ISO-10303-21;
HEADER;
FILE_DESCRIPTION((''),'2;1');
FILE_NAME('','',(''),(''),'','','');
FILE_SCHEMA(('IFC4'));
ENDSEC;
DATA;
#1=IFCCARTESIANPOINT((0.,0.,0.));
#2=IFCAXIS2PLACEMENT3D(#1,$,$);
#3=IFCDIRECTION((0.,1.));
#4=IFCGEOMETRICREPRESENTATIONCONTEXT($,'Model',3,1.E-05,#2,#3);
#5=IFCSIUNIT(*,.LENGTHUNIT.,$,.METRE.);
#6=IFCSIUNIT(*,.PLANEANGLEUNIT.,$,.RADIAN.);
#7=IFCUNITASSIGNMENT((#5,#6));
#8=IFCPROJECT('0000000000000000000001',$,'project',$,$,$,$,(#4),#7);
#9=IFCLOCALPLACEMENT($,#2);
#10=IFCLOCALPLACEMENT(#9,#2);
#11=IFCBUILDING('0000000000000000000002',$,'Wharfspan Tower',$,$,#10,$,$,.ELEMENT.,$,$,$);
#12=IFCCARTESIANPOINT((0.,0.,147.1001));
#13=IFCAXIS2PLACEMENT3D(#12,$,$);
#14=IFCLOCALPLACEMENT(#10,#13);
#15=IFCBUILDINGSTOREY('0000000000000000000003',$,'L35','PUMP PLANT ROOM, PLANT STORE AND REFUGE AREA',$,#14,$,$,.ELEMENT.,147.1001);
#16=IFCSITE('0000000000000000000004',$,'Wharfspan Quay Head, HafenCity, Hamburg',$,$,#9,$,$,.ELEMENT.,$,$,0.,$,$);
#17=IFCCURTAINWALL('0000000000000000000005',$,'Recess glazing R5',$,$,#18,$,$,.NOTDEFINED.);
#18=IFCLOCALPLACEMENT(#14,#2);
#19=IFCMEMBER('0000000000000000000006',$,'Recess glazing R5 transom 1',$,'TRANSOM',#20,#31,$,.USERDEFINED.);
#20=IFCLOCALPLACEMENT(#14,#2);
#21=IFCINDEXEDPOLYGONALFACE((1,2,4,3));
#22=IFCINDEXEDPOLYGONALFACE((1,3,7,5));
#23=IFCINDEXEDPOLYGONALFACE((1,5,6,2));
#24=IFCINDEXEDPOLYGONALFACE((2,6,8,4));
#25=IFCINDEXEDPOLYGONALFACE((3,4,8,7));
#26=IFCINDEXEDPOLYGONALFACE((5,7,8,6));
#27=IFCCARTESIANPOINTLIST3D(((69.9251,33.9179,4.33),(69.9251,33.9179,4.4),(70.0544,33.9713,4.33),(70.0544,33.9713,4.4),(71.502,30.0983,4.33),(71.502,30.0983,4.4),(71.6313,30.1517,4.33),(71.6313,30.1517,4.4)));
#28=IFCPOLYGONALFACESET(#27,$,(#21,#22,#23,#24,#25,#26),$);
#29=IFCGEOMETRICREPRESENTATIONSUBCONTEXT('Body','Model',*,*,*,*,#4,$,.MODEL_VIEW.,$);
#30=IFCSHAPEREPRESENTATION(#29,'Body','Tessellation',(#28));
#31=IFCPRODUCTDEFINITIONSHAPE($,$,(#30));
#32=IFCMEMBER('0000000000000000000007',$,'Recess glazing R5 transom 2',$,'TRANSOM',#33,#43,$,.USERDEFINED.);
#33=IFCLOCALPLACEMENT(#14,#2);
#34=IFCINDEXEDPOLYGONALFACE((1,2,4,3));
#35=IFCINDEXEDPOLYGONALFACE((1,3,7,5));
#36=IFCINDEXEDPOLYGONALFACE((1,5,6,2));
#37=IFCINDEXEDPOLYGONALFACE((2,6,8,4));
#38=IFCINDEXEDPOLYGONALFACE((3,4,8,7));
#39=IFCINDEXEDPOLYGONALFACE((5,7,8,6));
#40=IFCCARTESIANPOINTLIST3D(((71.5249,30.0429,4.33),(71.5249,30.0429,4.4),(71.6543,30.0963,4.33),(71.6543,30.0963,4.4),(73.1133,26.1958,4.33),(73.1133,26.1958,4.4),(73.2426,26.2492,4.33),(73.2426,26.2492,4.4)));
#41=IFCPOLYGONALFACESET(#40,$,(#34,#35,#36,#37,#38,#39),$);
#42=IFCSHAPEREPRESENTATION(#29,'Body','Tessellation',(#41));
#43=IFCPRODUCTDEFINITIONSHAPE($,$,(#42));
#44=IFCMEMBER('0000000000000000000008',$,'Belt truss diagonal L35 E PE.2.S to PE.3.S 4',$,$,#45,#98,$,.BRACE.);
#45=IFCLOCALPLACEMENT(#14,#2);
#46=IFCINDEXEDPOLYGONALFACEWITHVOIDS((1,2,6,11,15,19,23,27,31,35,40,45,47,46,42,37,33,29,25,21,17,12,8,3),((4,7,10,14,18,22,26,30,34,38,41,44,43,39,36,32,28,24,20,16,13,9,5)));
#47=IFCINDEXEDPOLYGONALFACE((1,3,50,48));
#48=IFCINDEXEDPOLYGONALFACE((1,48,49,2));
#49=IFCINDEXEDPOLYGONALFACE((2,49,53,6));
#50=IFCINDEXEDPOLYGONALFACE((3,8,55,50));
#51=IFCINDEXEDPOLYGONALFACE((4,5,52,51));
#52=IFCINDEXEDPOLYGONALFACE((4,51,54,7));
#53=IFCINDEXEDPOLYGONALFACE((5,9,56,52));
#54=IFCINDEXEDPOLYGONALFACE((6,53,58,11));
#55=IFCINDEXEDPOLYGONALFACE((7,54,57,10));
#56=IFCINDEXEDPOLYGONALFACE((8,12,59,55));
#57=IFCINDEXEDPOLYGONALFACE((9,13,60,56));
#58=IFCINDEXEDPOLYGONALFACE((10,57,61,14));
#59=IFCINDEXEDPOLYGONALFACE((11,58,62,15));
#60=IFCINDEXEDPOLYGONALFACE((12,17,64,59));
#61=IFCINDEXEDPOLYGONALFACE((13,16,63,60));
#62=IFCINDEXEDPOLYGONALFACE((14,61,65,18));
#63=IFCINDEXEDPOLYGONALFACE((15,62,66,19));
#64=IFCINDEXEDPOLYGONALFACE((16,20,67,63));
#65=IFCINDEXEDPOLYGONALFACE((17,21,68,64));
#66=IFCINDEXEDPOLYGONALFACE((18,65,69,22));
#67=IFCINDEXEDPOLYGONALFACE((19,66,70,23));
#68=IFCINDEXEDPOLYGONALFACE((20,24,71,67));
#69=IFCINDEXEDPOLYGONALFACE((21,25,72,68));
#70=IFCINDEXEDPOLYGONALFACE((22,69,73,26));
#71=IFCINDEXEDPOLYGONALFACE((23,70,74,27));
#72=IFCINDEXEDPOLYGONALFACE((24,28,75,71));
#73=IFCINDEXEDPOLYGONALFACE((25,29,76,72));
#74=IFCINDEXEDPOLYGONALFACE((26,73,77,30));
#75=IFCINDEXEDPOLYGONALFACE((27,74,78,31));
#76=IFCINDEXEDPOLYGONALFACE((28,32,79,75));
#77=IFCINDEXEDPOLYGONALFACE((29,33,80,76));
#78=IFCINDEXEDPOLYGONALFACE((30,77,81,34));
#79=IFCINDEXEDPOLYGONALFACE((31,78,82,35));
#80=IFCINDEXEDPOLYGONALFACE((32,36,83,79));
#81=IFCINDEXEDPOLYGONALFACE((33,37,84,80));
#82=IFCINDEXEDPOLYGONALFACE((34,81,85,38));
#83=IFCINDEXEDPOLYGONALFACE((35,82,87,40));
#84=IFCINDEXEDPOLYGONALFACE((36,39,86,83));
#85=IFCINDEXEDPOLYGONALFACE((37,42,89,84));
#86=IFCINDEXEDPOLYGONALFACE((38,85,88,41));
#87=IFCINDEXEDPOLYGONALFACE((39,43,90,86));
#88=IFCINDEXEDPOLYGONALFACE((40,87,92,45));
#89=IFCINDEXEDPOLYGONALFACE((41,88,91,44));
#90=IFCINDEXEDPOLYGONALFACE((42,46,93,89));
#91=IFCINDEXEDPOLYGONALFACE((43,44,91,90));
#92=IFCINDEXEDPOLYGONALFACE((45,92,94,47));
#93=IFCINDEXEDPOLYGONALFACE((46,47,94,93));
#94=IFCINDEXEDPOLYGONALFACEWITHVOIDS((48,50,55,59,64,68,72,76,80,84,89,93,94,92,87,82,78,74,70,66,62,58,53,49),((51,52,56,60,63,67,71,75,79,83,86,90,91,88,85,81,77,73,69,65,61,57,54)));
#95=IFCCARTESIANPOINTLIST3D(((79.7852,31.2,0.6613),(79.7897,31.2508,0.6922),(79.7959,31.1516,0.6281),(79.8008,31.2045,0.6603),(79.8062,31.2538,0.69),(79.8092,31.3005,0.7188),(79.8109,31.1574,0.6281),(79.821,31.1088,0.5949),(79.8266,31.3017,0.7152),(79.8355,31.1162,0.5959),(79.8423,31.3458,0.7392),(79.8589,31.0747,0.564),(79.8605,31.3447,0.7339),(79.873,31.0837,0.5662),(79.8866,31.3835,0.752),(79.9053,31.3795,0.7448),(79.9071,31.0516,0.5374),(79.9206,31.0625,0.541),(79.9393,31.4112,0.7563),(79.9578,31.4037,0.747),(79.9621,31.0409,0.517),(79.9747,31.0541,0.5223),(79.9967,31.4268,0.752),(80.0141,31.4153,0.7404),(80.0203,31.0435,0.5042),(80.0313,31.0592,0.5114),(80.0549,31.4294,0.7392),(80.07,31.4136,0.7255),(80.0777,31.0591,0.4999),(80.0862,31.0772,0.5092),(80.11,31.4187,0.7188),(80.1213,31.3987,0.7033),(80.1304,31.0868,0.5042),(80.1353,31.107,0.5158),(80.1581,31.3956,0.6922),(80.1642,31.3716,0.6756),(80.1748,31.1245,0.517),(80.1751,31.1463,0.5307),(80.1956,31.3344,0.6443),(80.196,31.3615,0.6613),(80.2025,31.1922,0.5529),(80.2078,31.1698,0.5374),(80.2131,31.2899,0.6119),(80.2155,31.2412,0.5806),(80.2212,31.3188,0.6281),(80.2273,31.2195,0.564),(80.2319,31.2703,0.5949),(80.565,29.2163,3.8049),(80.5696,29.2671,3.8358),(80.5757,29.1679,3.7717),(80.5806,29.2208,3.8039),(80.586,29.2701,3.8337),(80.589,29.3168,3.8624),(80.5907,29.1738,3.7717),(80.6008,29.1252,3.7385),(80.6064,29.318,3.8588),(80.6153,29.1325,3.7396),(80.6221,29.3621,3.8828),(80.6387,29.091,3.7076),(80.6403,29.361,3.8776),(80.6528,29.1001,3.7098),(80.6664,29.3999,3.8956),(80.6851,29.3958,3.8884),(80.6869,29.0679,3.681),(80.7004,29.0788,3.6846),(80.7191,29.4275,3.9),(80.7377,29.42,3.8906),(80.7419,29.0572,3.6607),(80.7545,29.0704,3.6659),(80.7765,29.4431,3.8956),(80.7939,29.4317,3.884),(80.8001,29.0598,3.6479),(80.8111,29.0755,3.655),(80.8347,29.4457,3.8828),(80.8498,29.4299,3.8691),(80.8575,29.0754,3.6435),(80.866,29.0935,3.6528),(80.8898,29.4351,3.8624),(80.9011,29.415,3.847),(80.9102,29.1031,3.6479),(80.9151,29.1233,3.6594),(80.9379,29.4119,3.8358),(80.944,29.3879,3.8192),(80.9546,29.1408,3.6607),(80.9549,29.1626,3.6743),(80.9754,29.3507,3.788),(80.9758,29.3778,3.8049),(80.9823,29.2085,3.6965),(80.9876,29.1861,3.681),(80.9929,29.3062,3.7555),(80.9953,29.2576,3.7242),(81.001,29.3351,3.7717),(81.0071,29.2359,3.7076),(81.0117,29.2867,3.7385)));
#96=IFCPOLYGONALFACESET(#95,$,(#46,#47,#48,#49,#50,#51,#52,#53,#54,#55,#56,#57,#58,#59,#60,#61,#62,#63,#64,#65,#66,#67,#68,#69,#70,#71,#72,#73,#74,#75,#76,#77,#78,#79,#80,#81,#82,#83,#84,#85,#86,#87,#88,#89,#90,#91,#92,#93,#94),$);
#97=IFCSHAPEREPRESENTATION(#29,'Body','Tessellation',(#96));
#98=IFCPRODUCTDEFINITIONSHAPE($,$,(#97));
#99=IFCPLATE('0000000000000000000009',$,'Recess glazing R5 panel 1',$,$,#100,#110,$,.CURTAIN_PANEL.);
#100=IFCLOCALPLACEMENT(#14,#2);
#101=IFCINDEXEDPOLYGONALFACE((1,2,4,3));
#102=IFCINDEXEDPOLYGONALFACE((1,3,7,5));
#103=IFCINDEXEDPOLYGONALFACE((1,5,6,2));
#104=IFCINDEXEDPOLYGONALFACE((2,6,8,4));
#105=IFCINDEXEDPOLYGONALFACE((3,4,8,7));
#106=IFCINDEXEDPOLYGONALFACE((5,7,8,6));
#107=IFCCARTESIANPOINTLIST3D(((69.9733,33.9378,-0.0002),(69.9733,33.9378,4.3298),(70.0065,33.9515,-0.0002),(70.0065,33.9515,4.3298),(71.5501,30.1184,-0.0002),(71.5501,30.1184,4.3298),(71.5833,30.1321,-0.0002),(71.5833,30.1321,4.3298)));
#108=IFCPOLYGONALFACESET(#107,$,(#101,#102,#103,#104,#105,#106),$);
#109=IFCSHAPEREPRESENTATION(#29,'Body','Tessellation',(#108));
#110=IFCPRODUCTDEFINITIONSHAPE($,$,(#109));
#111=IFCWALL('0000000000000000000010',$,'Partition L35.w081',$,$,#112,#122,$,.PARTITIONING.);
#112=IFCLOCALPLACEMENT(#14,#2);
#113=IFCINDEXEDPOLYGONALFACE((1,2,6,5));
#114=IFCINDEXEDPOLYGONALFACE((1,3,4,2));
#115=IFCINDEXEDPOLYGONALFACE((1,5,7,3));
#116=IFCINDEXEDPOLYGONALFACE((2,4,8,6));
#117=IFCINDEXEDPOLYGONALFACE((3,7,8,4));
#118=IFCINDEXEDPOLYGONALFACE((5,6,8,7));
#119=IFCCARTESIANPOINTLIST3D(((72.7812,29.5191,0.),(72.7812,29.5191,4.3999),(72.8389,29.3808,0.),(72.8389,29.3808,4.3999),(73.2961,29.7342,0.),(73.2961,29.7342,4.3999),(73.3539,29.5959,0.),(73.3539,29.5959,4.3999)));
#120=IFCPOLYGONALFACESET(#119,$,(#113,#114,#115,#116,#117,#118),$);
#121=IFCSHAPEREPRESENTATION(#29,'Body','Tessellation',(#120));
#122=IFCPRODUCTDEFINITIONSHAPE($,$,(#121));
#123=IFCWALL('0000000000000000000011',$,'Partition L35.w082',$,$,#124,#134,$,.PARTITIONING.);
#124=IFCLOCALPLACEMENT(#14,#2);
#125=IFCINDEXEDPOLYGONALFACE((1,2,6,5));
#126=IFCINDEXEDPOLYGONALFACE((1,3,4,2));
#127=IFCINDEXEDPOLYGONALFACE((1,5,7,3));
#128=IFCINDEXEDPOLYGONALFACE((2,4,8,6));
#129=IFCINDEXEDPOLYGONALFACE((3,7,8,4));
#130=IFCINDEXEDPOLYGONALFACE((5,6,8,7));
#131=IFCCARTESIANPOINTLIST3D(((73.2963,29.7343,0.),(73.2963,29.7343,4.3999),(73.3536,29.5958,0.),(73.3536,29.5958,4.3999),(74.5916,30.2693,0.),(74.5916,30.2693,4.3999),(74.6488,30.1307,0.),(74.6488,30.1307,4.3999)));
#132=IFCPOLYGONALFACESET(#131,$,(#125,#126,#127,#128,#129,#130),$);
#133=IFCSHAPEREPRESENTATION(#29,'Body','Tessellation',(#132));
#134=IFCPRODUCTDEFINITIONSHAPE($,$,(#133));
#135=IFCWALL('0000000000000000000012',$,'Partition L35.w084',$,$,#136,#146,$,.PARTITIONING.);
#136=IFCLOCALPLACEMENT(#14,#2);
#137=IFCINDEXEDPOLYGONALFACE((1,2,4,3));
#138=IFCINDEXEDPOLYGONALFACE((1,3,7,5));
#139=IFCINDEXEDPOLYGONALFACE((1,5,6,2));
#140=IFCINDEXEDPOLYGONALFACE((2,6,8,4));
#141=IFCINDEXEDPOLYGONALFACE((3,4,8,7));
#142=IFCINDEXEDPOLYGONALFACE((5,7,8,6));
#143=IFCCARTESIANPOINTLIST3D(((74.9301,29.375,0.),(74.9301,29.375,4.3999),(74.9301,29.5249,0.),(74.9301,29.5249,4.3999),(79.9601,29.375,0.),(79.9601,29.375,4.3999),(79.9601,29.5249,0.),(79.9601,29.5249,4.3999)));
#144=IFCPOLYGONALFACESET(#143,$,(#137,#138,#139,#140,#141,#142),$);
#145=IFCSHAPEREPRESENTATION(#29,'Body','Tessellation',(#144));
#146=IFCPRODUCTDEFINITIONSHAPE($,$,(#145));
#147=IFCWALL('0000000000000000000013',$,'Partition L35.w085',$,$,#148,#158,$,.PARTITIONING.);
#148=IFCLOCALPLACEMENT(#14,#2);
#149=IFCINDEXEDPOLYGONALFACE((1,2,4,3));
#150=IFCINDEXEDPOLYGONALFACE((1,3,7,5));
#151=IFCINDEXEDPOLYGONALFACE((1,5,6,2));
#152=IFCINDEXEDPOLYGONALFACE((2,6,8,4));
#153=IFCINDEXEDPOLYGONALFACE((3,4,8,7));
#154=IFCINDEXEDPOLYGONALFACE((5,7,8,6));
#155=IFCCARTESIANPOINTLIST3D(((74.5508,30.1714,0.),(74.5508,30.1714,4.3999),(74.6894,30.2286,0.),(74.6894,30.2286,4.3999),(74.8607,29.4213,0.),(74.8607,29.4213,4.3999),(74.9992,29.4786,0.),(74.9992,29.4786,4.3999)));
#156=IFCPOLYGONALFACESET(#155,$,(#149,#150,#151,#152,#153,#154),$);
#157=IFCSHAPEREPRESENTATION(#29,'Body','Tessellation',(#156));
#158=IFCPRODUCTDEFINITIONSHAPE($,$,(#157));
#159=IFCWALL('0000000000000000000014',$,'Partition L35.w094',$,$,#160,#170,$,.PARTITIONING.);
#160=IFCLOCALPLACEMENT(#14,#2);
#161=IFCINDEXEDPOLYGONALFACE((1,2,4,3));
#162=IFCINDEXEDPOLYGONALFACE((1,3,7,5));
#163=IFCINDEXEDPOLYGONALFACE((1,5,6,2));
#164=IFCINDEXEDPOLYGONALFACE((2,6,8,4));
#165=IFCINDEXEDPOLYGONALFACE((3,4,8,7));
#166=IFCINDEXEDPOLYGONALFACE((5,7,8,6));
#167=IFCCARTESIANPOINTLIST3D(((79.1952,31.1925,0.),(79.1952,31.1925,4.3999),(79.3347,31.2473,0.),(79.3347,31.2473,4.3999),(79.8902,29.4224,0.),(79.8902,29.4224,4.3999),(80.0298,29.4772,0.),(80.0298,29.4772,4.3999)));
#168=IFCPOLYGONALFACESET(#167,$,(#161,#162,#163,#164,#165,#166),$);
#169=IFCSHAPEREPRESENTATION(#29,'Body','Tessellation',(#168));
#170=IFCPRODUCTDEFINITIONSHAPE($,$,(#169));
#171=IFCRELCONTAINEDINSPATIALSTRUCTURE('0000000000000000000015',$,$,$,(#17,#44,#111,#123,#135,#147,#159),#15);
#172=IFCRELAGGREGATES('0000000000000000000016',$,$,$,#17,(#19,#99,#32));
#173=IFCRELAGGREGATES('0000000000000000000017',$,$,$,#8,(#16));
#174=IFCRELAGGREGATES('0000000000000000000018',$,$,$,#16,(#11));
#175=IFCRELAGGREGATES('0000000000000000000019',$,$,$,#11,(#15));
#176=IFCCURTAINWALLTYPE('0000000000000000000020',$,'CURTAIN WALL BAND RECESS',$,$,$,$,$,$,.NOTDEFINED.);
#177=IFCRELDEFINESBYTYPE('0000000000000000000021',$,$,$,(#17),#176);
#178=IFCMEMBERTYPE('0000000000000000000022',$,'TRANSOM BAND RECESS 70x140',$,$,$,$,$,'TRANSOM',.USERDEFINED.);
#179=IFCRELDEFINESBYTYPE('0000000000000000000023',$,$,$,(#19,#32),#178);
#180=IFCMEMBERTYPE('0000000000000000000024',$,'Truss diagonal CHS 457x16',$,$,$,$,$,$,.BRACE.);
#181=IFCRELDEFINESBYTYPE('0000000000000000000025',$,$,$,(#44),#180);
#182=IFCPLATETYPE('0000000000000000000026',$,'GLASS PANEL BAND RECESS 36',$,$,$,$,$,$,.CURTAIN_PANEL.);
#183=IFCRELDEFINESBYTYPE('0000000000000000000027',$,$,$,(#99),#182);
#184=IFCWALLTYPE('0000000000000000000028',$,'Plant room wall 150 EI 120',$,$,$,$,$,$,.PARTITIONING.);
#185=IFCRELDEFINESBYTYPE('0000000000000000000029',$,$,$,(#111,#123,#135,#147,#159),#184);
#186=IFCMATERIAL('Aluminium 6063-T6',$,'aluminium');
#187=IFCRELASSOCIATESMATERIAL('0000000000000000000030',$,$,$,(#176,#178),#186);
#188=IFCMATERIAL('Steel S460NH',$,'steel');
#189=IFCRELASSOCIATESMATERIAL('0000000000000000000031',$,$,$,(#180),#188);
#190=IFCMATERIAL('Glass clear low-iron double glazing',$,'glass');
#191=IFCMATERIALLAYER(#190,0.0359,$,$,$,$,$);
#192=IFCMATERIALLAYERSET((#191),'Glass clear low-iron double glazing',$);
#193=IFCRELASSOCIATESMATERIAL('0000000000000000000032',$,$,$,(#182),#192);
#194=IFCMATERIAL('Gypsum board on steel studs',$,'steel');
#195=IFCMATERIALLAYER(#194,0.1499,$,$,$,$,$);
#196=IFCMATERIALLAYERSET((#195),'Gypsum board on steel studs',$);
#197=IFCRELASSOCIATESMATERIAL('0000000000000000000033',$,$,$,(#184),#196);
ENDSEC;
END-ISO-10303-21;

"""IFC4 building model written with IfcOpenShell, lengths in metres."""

from ifc_helpers import new_model, si_unit, direction, frame, frame_2d, origin, origin_2d, place, context, subcontext, project, spatial, rectangle, hollow_circle, extrude, material, layer, layer_set, material_profile, profile_set, type_object, element, aggregate, save


model = new_model("IFC4")

# Units and contexts
model_context = context("Model", 3, precision=1e-05, world=origin(), true_north=direction((0.0, 1.0)))
body_context = subcontext(model_context, "Body", "Model", "MODEL_VIEW")
ifc_project = project(units=[si_unit("LENGTHUNIT", "METRE"), si_unit("PLANEANGLEUNIT", "RADIAN")], contexts=[model_context])

# Site, building, storey
site_placement = place(None, origin())
site = spatial("IfcSite", under=ifc_project, at=site_placement, Name="Wharfspan Quay Head, HafenCity, Hamburg", CompositionType="ELEMENT", RefElevation=0.0)
building_placement = place(site_placement, origin())
building = spatial("IfcBuilding", under=site, at=building_placement, Name="Wharfspan Tower", CompositionType="ELEMENT")
storey_placement = place(building_placement, frame((0.0, 0.0, 147.1001)))
storey = spatial("IfcBuildingStorey", under=building, at=storey_placement, Name="L35", Description="PUMP PLANT ROOM, PLANT STORE AND REFUGE AREA", CompositionType="ELEMENT", Elevation=147.1001)

# Shared definitions
ifc_material_1 = material(Name="Aluminium 6063-T6", Category="aluminium")
curtain_wall_type = type_object("IfcCurtainWallType", Name="CURTAIN WALL BAND RECESS", PredefinedType="NOTDEFINED", material=ifc_material_1)

# Curtain wall
curtain_wall_1_placement = place(storey_placement, origin())
curtain_wall_1 = element("IfcCurtainWall", 1, at=curtain_wall_1_placement, inside=storey, type_object=curtain_wall_type, Name="Recess glazing R5", PredefinedType="NOTDEFINED")

# Shared definitions
ifc_material_2 = material(Name="Steel S460NH", Category="steel")

# Members
ifc_material_profile_1 = material_profile(ifc_material_1, rectangle(XDim=0.1399, YDim=0.0701, at=origin_2d()))
ifc_profile_set_1 = profile_set([ifc_material_profile_1], Name="Aluminium 6063-T6")
member_type_1 = type_object("IfcMemberType", Name="TRANSOM BAND RECESS 70x140", ElementType="TRANSOM", PredefinedType="USERDEFINED", material=ifc_profile_set_1)
member_1_placement = place(storey_placement, frame((69.9897, 33.9446, 4.365), z_axis=(0.381605, -0.924325, 0.0), x_axis=(0.924325, 0.381605, 0.0)))
member_1 = element("IfcMember", 2, at=member_1_placement, type_object=member_type_1, Name="Recess glazing R5 transom 1", ObjectType="TRANSOM", PredefinedType="USERDEFINED", context=body_context, shape_type="SweptSolid", body=[
    extrude(rectangle(XDim=0.1399, YDim=0.0701, at=origin_2d()), origin(), (0.0, 0.0, 1.0), 4.1323),
])
member_2_placement = place(storey_placement, frame((71.5896, 30.0696, 4.365), z_axis=(0.381623, -0.924318, 0.0), x_axis=(0.924318, 0.381623, 0.0)))
member_2 = element("IfcMember", 3, at=member_2_placement, type_object=member_type_1, Name="Recess glazing R5 transom 2", ObjectType="TRANSOM", PredefinedType="USERDEFINED", context=body_context, shape_type="SweptSolid", body=[
    extrude(rectangle(XDim=0.1399, YDim=0.0701, at=origin_2d()), origin(), (0.0, 0.0, 1.0), 4.1621),
])
ifc_material_profile_2 = material_profile(ifc_material_2, hollow_circle(Radius=0.2285, WallThickness=0.0161, at=origin_2d()))
ifc_profile_set_2 = profile_set([ifc_material_profile_2], Name="Steel S460NH")
member_type_2 = type_object("IfcMemberType", Name="Truss diagonal CHS 457x16", PredefinedType="BRACE", material=ifc_profile_set_2)
member_3_placement = place(storey_placement, frame((80.7883, 29.2515, 3.7717), z_axis=(-0.205314, 0.522285, -0.827686), x_axis=(-0.930676, -0.365857, -0.000001)))
element("IfcMember", 4, at=member_3_placement, inside=storey, type_object=member_type_2, Name="Belt truss diagonal L35 E PE.2.S to PE.3.S 4", PredefinedType="BRACE", context=body_context, shape_type="SweptSolid", body=[
    extrude(hollow_circle(Radius=0.2285, WallThickness=0.0161, at=origin_2d()), origin(), (0.0, 0.0, 1.0), 3.7981),
])

# Plate
ifc_material_3 = material(Name="Glass clear low-iron double glazing", Category="glass")
ifc_layer_1 = layer(ifc_material_3, 0.0359)
ifc_layer_set_1 = layer_set([ifc_layer_1], Name="Glass clear low-iron double glazing")
plate_type = type_object("IfcPlateType", Name="GLASS PANEL BAND RECESS 36", PredefinedType="CURTAIN_PANEL", material=ifc_layer_set_1)
plate_placement = place(storey_placement, frame((70.7783, 32.0349, -0.0002), z_axis=(0.0, 0.0, 1.0), x_axis=(0.381602, -0.924325, 0.0)))
plate = element("IfcPlate", 5, at=plate_placement, type_object=plate_type, Name="Recess glazing R5 panel 1", PredefinedType="CURTAIN_PANEL", context=body_context, shape_type="SweptSolid", body=[
    extrude(rectangle(XDim=4.1321, YDim=0.0359, at=origin_2d()), origin(), (0.0, 0.0, 1.0), 4.3301),
])
aggregate(curtain_wall_1, [member_1, plate, member_2])

# Walls
ifc_material_4 = material(Name="Gypsum board on steel studs", Category="steel")
ifc_layer_2 = layer(ifc_material_4, 0.1499)
ifc_layer_set_2 = layer_set([ifc_layer_2], Name="Gypsum board on steel studs")
wall_type = type_object("IfcWallType", Name="Plant room wall 150 EI 120", PredefinedType="PARTITIONING", material=ifc_layer_set_2)
wall_1_placement = place(storey_placement, frame((72.8101, 29.45, 0.0), z_axis=(0.0, 0.0, 1.0), x_axis=(0.922727, 0.385454, 0.0)))
element("IfcWall", 6, at=wall_1_placement, inside=storey, type_object=wall_type, Name="Partition L35.w081", PredefinedType="PARTITIONING", context=body_context, shape_type="SweptSolid", body=[
    extrude(rectangle(XDim=0.5581, YDim=0.1499, at=frame_2d((0.2791, 0.0))), origin(), (0.0, 0.0, 1.0), 4.3999),
])
wall_2_placement = place(storey_placement, frame((73.325, 29.665, 0.0), z_axis=(0.0, 0.0, 1.0), x_axis=(0.924271, 0.38173, 0.0)))
element("IfcWall", 7, at=wall_2_placement, inside=storey, type_object=wall_type, Name="Partition L35.w082", PredefinedType="PARTITIONING", context=body_context, shape_type="SweptSolid", body=[
    extrude(rectangle(XDim=1.4014, YDim=0.1499, at=frame_2d((0.7007, 0.0))), origin(), (0.0, 0.0, 1.0), 4.3999),
])
wall_3_placement = place(storey_placement, frame((74.9299, 29.45, 0.0), z_axis=(0.0, 0.0, 1.0), x_axis=(1.0, 0.0, 0.0)))
element("IfcWall", 8, at=wall_3_placement, inside=storey, type_object=wall_type, Name="Partition L35.w084", PredefinedType="PARTITIONING", context=body_context, shape_type="SweptSolid", body=[
    extrude(rectangle(XDim=5.03, YDim=0.1499, at=frame_2d((2.5151, 0.0))), origin(), (0.0, 0.0, 1.0), 4.3999),
])
wall_4_placement = place(storey_placement, frame((74.9299, 29.45, 0.0), z_axis=(0.0, 0.0, 1.0), x_axis=(-0.381793, 0.924246, 0.0)))
element("IfcWall", 9, at=wall_4_placement, inside=storey, type_object=wall_type, Name="Partition L35.w085", PredefinedType="PARTITIONING", context=body_context, shape_type="SweptSolid", body=[
    extrude(rectangle(XDim=0.8115, YDim=0.1499, at=frame_2d((0.4058, 0.0))), origin(), (0.0, 0.0, 1.0), 4.3999),
])
wall_5_placement = place(storey_placement, frame((79.96, 29.45, 0.0), z_axis=(0.0, 0.0, 1.0), x_axis=(-0.365519, 0.930809, 0.0)))
element("IfcWall", 10, at=wall_5_placement, inside=storey, type_object=wall_type, Name="Partition L35.w094", PredefinedType="PARTITIONING", context=body_context, shape_type="SweptSolid", body=[
    extrude(rectangle(XDim=1.9016, YDim=0.1499, at=frame_2d((0.9507, 0.0))), origin(), (0.0, 0.0, 1.0), 4.3999),
])

save(model, "model.ifc")
